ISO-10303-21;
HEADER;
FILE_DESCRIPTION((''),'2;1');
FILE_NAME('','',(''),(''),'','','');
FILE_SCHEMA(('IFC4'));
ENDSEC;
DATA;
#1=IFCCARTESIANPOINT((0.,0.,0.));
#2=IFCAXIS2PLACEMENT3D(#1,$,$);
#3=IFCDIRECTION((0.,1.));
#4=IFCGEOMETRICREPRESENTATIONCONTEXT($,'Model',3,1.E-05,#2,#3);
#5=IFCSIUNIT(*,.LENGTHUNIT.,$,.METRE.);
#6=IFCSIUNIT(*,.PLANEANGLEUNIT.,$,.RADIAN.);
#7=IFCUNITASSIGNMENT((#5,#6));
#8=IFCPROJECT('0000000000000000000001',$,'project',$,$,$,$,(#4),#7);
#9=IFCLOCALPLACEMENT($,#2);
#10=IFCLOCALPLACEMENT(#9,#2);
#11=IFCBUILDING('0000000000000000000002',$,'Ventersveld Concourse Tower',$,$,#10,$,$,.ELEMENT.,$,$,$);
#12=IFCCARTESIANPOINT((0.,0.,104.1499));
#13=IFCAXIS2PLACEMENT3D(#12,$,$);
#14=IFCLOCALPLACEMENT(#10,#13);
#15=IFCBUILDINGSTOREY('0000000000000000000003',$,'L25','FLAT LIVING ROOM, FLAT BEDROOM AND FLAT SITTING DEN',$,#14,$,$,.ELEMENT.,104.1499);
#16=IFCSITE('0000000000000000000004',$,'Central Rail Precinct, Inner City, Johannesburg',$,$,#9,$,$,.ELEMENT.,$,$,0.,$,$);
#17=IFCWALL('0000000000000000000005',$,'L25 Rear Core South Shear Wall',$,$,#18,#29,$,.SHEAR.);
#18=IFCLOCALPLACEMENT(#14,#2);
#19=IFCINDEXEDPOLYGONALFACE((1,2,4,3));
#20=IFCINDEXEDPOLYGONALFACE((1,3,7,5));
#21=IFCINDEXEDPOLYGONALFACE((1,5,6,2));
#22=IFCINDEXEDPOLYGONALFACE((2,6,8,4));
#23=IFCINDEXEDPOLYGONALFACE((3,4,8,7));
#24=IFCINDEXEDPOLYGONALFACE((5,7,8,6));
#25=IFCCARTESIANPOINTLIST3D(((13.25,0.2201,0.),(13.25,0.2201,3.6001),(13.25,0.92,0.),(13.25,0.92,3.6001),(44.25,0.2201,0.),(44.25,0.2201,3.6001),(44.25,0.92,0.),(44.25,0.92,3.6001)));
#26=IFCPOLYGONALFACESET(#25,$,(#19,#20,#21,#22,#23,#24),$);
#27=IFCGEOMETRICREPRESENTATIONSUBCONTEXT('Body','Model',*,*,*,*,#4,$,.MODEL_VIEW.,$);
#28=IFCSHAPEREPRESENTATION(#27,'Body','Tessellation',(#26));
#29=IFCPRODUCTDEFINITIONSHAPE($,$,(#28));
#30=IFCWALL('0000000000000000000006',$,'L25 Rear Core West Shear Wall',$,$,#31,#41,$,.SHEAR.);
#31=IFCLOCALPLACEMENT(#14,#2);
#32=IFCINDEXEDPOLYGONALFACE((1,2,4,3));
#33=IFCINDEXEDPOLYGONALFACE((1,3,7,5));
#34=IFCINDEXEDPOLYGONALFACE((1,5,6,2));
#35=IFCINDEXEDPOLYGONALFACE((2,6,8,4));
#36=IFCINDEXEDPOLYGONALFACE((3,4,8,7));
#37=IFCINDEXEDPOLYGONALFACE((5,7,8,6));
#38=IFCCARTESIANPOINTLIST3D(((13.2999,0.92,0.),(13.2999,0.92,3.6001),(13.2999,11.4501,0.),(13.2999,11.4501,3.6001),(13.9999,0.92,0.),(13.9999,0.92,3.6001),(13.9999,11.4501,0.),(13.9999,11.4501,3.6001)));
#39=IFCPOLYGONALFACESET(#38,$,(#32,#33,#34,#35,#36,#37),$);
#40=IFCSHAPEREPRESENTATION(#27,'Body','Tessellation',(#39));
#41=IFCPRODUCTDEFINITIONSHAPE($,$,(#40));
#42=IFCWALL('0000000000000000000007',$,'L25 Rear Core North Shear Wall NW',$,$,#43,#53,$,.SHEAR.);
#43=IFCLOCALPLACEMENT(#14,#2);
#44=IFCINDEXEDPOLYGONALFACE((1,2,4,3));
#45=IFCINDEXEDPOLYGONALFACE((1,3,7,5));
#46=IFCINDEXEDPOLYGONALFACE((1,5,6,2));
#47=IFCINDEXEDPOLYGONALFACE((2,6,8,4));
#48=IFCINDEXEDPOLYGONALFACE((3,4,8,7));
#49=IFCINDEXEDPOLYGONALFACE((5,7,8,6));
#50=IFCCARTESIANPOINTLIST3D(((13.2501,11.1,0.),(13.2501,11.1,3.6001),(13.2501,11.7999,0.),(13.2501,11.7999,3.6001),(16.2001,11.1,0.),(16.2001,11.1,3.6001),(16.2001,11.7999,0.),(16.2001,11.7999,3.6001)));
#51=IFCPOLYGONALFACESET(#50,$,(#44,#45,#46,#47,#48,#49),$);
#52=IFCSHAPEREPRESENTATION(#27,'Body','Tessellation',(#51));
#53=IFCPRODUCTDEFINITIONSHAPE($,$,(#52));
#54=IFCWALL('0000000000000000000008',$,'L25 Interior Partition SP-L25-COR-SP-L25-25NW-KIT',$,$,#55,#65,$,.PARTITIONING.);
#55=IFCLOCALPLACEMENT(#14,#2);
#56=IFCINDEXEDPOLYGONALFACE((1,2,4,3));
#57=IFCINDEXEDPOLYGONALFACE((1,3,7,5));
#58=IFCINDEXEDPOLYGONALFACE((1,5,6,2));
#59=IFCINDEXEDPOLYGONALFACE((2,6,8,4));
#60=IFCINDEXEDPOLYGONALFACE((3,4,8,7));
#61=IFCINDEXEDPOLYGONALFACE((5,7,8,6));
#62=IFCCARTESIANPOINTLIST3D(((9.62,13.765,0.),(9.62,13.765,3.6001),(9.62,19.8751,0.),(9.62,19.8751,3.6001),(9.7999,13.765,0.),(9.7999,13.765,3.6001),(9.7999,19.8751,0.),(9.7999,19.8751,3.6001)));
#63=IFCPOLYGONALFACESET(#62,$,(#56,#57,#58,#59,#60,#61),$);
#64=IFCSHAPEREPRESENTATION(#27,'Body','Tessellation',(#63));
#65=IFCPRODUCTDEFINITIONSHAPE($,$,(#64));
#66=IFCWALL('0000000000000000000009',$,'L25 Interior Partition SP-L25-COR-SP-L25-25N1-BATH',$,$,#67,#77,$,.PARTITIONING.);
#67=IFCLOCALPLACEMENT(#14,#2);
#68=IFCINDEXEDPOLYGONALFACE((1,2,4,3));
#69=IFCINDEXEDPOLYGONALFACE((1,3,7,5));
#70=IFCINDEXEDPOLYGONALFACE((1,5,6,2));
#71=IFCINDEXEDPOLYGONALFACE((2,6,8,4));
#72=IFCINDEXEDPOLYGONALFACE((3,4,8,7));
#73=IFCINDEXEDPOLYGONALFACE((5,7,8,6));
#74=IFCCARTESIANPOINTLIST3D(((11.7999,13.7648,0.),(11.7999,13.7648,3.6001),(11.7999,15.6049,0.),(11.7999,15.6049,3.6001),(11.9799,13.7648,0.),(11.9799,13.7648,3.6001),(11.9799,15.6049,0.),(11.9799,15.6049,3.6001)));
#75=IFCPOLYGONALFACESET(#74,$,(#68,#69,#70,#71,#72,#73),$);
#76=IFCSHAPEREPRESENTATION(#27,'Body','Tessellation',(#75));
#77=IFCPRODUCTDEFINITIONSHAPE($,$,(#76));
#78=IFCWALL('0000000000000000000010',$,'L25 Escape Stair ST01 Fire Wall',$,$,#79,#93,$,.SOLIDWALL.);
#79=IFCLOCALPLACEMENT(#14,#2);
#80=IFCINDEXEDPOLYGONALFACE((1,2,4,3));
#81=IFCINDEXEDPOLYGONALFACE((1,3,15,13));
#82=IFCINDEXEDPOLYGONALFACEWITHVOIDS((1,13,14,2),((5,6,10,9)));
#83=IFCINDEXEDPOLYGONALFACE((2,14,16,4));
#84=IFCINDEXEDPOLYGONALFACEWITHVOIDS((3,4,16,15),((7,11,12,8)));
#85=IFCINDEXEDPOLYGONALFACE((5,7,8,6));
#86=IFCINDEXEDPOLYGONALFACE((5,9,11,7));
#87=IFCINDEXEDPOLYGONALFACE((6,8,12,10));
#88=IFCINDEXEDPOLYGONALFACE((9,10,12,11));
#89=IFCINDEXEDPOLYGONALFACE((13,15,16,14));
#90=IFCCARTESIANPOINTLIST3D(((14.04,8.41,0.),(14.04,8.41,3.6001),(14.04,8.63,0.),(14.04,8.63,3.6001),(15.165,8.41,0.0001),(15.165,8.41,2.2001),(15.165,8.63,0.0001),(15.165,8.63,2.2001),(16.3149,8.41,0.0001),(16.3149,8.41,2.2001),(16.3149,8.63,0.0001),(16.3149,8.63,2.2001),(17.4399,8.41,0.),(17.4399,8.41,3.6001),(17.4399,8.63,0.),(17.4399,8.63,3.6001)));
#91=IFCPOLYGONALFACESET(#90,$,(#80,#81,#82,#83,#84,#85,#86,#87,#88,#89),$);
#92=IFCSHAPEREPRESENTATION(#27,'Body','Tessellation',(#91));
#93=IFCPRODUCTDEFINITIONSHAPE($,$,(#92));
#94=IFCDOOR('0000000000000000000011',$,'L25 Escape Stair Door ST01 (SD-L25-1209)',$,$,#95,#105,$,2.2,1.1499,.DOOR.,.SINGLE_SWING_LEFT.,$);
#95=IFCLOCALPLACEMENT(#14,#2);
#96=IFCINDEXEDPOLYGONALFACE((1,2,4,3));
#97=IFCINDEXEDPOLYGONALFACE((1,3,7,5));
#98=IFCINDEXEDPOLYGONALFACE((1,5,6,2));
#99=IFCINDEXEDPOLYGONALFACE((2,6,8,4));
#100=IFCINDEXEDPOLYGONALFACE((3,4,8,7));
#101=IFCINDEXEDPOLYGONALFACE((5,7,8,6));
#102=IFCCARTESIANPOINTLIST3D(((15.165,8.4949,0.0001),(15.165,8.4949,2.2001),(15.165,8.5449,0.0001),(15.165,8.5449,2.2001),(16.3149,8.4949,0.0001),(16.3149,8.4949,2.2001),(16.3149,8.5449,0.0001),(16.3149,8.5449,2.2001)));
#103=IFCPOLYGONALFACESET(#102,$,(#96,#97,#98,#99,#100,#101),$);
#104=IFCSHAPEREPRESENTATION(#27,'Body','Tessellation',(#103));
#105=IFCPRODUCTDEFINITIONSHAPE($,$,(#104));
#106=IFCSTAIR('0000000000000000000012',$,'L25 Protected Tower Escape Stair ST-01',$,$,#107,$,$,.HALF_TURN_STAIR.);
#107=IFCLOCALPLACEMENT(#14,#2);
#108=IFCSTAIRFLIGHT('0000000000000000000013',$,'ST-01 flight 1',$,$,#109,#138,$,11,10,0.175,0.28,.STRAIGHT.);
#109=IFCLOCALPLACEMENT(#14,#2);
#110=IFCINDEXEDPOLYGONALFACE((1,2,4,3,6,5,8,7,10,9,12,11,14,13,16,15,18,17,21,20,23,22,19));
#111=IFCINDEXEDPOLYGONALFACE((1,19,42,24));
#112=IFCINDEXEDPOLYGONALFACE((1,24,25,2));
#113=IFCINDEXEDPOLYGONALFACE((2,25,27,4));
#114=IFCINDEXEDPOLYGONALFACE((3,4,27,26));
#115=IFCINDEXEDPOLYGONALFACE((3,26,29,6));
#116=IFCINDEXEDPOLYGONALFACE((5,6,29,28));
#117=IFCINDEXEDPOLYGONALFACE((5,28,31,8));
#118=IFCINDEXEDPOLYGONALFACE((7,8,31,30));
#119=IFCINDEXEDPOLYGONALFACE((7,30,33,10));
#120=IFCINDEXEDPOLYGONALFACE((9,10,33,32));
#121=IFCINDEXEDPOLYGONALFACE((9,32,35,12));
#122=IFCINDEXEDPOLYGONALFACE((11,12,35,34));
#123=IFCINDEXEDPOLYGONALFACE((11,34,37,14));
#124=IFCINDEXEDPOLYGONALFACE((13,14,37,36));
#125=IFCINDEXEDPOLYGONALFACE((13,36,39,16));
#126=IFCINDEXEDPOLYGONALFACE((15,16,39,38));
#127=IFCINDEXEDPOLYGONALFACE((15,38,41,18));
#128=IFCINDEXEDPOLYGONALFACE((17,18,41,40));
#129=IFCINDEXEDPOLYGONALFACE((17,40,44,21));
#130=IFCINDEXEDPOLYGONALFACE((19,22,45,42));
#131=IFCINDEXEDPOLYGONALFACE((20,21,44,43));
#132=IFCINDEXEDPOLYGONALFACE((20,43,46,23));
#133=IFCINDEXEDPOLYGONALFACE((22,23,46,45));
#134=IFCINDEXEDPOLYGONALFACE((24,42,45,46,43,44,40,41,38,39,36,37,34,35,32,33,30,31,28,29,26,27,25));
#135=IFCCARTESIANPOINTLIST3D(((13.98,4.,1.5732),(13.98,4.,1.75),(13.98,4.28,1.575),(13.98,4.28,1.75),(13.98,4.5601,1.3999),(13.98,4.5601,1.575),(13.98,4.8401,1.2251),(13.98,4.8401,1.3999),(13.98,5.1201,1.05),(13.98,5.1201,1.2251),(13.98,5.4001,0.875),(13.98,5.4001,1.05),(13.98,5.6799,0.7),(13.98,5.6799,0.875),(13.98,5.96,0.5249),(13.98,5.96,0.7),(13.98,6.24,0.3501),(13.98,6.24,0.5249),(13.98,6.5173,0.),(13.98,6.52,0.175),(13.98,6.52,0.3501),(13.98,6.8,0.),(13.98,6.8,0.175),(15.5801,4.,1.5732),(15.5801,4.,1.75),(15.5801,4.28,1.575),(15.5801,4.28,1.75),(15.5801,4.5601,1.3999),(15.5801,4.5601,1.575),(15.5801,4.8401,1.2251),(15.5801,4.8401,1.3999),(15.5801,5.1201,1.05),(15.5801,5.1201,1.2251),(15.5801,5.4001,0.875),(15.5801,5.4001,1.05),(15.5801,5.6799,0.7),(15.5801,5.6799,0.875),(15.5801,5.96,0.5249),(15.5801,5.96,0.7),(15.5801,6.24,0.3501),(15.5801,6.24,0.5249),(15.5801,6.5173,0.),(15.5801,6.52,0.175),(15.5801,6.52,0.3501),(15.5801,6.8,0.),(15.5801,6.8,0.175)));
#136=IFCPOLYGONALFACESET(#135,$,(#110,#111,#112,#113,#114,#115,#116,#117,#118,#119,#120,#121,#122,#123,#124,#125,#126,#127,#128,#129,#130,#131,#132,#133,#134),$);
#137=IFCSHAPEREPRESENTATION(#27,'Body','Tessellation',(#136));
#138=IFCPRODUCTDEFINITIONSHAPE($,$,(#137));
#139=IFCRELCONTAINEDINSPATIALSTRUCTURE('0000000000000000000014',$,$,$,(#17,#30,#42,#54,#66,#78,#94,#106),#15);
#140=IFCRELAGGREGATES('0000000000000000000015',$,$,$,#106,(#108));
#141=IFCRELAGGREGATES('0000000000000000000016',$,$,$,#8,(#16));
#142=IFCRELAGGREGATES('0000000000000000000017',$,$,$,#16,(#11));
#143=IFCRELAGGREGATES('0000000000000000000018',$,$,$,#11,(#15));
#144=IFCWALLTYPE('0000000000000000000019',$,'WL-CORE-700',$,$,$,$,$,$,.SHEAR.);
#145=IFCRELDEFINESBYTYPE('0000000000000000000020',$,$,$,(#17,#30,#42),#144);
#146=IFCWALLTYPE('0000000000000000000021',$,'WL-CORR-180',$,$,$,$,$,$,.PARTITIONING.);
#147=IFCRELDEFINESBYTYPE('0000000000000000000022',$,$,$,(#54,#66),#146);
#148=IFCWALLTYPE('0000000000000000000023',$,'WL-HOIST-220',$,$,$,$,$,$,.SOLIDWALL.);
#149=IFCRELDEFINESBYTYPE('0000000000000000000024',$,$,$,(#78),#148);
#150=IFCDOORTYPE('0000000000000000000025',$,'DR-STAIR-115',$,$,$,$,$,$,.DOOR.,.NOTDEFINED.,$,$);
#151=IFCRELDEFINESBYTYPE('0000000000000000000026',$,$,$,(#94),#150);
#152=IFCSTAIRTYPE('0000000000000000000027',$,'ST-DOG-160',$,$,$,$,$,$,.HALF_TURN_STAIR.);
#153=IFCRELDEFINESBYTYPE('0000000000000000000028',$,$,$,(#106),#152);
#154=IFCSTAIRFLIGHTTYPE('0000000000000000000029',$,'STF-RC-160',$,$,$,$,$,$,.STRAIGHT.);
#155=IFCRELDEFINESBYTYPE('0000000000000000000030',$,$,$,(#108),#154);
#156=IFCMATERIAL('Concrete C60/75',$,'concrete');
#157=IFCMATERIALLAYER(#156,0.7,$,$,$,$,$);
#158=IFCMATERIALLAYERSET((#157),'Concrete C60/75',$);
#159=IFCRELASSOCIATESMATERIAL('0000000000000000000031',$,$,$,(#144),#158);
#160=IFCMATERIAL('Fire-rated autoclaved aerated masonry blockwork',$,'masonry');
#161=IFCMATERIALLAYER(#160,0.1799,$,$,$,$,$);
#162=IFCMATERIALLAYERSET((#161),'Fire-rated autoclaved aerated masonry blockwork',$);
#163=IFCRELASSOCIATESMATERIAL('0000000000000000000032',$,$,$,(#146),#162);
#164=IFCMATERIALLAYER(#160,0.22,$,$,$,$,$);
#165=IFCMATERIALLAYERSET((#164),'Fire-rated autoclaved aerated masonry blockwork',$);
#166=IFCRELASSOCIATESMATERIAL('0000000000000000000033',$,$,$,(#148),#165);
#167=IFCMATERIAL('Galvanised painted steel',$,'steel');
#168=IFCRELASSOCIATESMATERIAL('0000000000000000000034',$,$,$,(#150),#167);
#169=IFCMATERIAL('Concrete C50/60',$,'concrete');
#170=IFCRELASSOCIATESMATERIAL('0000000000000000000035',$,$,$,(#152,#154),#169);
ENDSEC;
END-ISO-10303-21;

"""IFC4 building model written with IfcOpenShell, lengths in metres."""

from ifc_helpers import new_model, si_unit, direction, frame, frame_2d, origin, place, context, subcontext, project, spatial, polyline, rectangle, outline, extrude, material, layer, layer_set, type_object, element, fill, aggregate, save


model = new_model("IFC4")

# Units and contexts
model_context = context("Model", 3, precision=1e-05, world=origin(), true_north=direction((0.0, 1.0)))
body_context = subcontext(model_context, "Body", "Model", "MODEL_VIEW")
ifc_project = project(units=[si_unit("LENGTHUNIT", "METRE"), si_unit("PLANEANGLEUNIT", "RADIAN")], contexts=[model_context])

# Site, building, storey
site_placement = place(None, origin())
site = spatial("IfcSite", under=ifc_project, at=site_placement, Name="Central Rail Precinct, Inner City, Johannesburg", CompositionType="ELEMENT", RefElevation=0.0)
building_placement = place(site_placement, origin())
building = spatial("IfcBuilding", under=site, at=building_placement, Name="Ventersveld Concourse Tower", CompositionType="ELEMENT")
storey_placement = place(building_placement, frame((0.0, 0.0, 104.1499)))
storey = spatial("IfcBuildingStorey", under=building, at=storey_placement, Name="L25", Description="FLAT LIVING ROOM, FLAT BEDROOM AND FLAT SITTING DEN", CompositionType="ELEMENT", Elevation=104.1499)

# Shared definitions
ifc_material_1 = material(Name="Concrete C50/60", Category="concrete")

# Walls
ifc_material_2 = material(Name="Concrete C60/75", Category="concrete")
ifc_layer_1 = layer(ifc_material_2, 0.7)
ifc_layer_set_1 = layer_set([ifc_layer_1], Name="Concrete C60/75")
wall_type_1 = type_object("IfcWallType", Name="WL-CORE-700", PredefinedType="SHEAR", material=ifc_layer_set_1)
wall_1_placement = place(storey_placement, frame((13.25, 0.5701, 0.0), z_axis=(0.0, 0.0, 1.0), x_axis=(1.0, 0.0, 0.0)))
element("IfcWall", 1, at=wall_1_placement, inside=storey, type_object=wall_type_1, Name="L25 Rear Core South Shear Wall", PredefinedType="SHEAR", context=body_context, shape_type="SweptSolid", body=[
    extrude(rectangle(XDim=31.0, YDim=0.7, at=frame_2d((15.5, 0.0))), origin(), (0.0, 0.0, 1.0), 3.6001),
])
wall_2_placement = place(storey_placement, frame((13.6499, 0.9199, 0.0), z_axis=(0.0, 0.0, 1.0), x_axis=(0.0, 1.0, 0.0)))
element("IfcWall", 2, at=wall_2_placement, inside=storey, type_object=wall_type_1, Name="L25 Rear Core West Shear Wall", PredefinedType="SHEAR", context=body_context, shape_type="SweptSolid", body=[
    extrude(rectangle(XDim=10.53, YDim=0.7, at=frame_2d((5.2651, 0.0))), origin(), (0.0, 0.0, 1.0), 3.6001),
])
wall_3_placement = place(storey_placement, frame((13.25, 11.45, 0.0), z_axis=(0.0, 0.0, 1.0), x_axis=(1.0, 0.0, 0.0)))
element("IfcWall", 3, at=wall_3_placement, inside=storey, type_object=wall_type_1, Name="L25 Rear Core North Shear Wall NW", PredefinedType="SHEAR", context=body_context, shape_type="SweptSolid", body=[
    extrude(rectangle(XDim=2.95, YDim=0.7, at=frame_2d((1.4751, 0.0))), origin(), (0.0, 0.0, 1.0), 3.6001),
])
ifc_material_3 = material(Name="Fire-rated autoclaved aerated masonry blockwork", Category="masonry")
ifc_layer_2 = layer(ifc_material_3, 0.1799)
ifc_layer_set_2 = layer_set([ifc_layer_2], Name="Fire-rated autoclaved aerated masonry blockwork")
wall_type_2 = type_object("IfcWallType", Name="WL-CORR-180", PredefinedType="PARTITIONING", material=ifc_layer_set_2)
wall_4_placement = place(storey_placement, frame((9.71, 13.7649, 0.0), z_axis=(0.0, 0.0, 1.0), x_axis=(0.0, 1.0, 0.0)))
element("IfcWall", 4, at=wall_4_placement, inside=storey, type_object=wall_type_2, Name="L25 Interior Partition SP-L25-COR-SP-L25-25NW-KIT", PredefinedType="PARTITIONING", context=body_context, shape_type="SweptSolid", body=[
    extrude(rectangle(XDim=6.1101, YDim=0.1799, at=frame_2d((3.0552, 0.0))), origin(), (0.0, 0.0, 1.0), 3.6001),
])
wall_5_placement = place(storey_placement, frame((11.8899, 13.7649, 0.0), z_axis=(0.0, 0.0, 1.0), x_axis=(0.0, 1.0, 0.0)))
element("IfcWall", 5, at=wall_5_placement, inside=storey, type_object=wall_type_2, Name="L25 Interior Partition SP-L25-COR-SP-L25-25N1-BATH", PredefinedType="PARTITIONING", context=body_context, shape_type="SweptSolid", body=[
    extrude(rectangle(XDim=1.8401, YDim=0.1799, at=frame_2d((0.9199, 0.0))), origin(), (0.0, 0.0, 1.0), 3.6001),
])

# Wall, opening, door
ifc_layer_3 = layer(ifc_material_3, 0.22)
ifc_layer_set_3 = layer_set([ifc_layer_3], Name="Fire-rated autoclaved aerated masonry blockwork")
wall_type_3 = type_object("IfcWallType", Name="WL-HOIST-220", PredefinedType="SOLIDWALL", material=ifc_layer_set_3)
wall_6_placement = place(storey_placement, frame((14.04, 8.52, 0.0), z_axis=(0.0, 0.0, 1.0), x_axis=(1.0, 0.0, 0.0)))
wall_6 = element("IfcWall", 6, at=wall_6_placement, inside=storey, type_object=wall_type_3, Name="L25 Escape Stair ST01 Fire Wall", PredefinedType="SOLIDWALL", context=body_context, shape_type="SweptSolid", body=[
    extrude(rectangle(XDim=3.3999, YDim=0.22, at=frame_2d((1.7, 0.0))), origin(), (0.0, 0.0, 1.0), 3.6001),
])
opening_placement = place(wall_6_placement, frame((1.125, 0.0, 0.0)))
opening = element("IfcOpeningElement", 7, at=opening_placement, cuts=wall_6, PredefinedType="OPENING", context=body_context, shape_type="SweptSolid", body=[
    extrude(rectangle(XDim=1.1499, YDim=2.2, at=frame_2d((0.575, 1.1001))), frame((0.0, 0.1201, 0.0), z_axis=(0.0, -1.0, 0.0), x_axis=(1.0, 0.0, 0.0)), (0.0, 0.0, 1.0), 0.24),
])
ifc_material_4 = material(Name="Galvanised painted steel", Category="steel")
door_type = type_object("IfcDoorType", Name="DR-STAIR-115", OperationType="NOTDEFINED", PredefinedType="DOOR", material=ifc_material_4)
door_placement = place(opening_placement, origin())
door = element("IfcDoor", 8, at=door_placement, inside=storey, type_object=door_type, Name="L25 Escape Stair Door ST01 (SD-L25-1209)", OperationType="SINGLE_SWING_LEFT", OverallHeight=2.2, OverallWidth=1.1499, PredefinedType="DOOR", context=body_context, shape_type="SweptSolid", body=[
    extrude(rectangle(XDim=1.1499, YDim=2.2, at=frame_2d((0.575, 1.1001))), frame((0.0, 0.0249, 0.0), z_axis=(0.0, -1.0, 0.0), x_axis=(1.0, 0.0, 0.0)), (0.0, 0.0, 1.0), 0.05),
])
fill(opening, door)

# Stair, stair flight
stair_type = type_object("IfcStairType", Name="ST-DOG-160", PredefinedType="HALF_TURN_STAIR", material=ifc_material_1)
stair_placement = place(storey_placement, origin())
stair = element("IfcStair", 9, at=stair_placement, inside=storey, type_object=stair_type, Name="L25 Protected Tower Escape Stair ST-01", PredefinedType="HALF_TURN_STAIR")
stair_flight_type = type_object("IfcStairFlightType", Name="STF-RC-160", PredefinedType="STRAIGHT", material=ifc_material_1)
stair_flight_placement = place(storey_placement, frame((14.78, 6.8, 0.0), z_axis=(0.0, 0.0, 1.0), x_axis=(0.0, -1.0, 0.0)))
stair_flight = element("IfcStairFlight", 10, at=stair_flight_placement, type_object=stair_flight_type, Name="ST-01 flight 1", NumberOfRisers=11, NumberOfTreads=10, PredefinedType="STRAIGHT", RiserHeight=0.175, TreadLength=0.28, context=body_context, shape_type="SweptSolid", body=[
    extrude(outline(polyline([(0.0, 0.0), (0.0, 0.175), (0.28, 0.175), (0.28, 0.3501), (0.5601, 0.3501), (0.5601, 0.5249), (0.8401, 0.5249), (0.8401, 0.7), (1.1201, 0.7), (1.1201, 0.875), (1.3999, 0.875), (1.3999, 1.05), (1.6799, 1.05), (1.6799, 1.2251), (1.96, 1.2251), (1.96, 1.3999), (2.24, 1.3999), (2.24, 1.575), (2.52, 1.575), (2.52, 1.75), (2.8, 1.75), (2.8, 1.925), (2.8, 1.5732), (0.2827, 0.0), (0.0, 0.0)])), frame((0.0, 0.8, 0.0), z_axis=(0.0, -1.0, 0.0), x_axis=(1.0, 0.0, 0.0)), (0.0, 0.0, 1.0), 1.6001),
])
aggregate(stair, [stair_flight])

save(model, "model.ifc")
